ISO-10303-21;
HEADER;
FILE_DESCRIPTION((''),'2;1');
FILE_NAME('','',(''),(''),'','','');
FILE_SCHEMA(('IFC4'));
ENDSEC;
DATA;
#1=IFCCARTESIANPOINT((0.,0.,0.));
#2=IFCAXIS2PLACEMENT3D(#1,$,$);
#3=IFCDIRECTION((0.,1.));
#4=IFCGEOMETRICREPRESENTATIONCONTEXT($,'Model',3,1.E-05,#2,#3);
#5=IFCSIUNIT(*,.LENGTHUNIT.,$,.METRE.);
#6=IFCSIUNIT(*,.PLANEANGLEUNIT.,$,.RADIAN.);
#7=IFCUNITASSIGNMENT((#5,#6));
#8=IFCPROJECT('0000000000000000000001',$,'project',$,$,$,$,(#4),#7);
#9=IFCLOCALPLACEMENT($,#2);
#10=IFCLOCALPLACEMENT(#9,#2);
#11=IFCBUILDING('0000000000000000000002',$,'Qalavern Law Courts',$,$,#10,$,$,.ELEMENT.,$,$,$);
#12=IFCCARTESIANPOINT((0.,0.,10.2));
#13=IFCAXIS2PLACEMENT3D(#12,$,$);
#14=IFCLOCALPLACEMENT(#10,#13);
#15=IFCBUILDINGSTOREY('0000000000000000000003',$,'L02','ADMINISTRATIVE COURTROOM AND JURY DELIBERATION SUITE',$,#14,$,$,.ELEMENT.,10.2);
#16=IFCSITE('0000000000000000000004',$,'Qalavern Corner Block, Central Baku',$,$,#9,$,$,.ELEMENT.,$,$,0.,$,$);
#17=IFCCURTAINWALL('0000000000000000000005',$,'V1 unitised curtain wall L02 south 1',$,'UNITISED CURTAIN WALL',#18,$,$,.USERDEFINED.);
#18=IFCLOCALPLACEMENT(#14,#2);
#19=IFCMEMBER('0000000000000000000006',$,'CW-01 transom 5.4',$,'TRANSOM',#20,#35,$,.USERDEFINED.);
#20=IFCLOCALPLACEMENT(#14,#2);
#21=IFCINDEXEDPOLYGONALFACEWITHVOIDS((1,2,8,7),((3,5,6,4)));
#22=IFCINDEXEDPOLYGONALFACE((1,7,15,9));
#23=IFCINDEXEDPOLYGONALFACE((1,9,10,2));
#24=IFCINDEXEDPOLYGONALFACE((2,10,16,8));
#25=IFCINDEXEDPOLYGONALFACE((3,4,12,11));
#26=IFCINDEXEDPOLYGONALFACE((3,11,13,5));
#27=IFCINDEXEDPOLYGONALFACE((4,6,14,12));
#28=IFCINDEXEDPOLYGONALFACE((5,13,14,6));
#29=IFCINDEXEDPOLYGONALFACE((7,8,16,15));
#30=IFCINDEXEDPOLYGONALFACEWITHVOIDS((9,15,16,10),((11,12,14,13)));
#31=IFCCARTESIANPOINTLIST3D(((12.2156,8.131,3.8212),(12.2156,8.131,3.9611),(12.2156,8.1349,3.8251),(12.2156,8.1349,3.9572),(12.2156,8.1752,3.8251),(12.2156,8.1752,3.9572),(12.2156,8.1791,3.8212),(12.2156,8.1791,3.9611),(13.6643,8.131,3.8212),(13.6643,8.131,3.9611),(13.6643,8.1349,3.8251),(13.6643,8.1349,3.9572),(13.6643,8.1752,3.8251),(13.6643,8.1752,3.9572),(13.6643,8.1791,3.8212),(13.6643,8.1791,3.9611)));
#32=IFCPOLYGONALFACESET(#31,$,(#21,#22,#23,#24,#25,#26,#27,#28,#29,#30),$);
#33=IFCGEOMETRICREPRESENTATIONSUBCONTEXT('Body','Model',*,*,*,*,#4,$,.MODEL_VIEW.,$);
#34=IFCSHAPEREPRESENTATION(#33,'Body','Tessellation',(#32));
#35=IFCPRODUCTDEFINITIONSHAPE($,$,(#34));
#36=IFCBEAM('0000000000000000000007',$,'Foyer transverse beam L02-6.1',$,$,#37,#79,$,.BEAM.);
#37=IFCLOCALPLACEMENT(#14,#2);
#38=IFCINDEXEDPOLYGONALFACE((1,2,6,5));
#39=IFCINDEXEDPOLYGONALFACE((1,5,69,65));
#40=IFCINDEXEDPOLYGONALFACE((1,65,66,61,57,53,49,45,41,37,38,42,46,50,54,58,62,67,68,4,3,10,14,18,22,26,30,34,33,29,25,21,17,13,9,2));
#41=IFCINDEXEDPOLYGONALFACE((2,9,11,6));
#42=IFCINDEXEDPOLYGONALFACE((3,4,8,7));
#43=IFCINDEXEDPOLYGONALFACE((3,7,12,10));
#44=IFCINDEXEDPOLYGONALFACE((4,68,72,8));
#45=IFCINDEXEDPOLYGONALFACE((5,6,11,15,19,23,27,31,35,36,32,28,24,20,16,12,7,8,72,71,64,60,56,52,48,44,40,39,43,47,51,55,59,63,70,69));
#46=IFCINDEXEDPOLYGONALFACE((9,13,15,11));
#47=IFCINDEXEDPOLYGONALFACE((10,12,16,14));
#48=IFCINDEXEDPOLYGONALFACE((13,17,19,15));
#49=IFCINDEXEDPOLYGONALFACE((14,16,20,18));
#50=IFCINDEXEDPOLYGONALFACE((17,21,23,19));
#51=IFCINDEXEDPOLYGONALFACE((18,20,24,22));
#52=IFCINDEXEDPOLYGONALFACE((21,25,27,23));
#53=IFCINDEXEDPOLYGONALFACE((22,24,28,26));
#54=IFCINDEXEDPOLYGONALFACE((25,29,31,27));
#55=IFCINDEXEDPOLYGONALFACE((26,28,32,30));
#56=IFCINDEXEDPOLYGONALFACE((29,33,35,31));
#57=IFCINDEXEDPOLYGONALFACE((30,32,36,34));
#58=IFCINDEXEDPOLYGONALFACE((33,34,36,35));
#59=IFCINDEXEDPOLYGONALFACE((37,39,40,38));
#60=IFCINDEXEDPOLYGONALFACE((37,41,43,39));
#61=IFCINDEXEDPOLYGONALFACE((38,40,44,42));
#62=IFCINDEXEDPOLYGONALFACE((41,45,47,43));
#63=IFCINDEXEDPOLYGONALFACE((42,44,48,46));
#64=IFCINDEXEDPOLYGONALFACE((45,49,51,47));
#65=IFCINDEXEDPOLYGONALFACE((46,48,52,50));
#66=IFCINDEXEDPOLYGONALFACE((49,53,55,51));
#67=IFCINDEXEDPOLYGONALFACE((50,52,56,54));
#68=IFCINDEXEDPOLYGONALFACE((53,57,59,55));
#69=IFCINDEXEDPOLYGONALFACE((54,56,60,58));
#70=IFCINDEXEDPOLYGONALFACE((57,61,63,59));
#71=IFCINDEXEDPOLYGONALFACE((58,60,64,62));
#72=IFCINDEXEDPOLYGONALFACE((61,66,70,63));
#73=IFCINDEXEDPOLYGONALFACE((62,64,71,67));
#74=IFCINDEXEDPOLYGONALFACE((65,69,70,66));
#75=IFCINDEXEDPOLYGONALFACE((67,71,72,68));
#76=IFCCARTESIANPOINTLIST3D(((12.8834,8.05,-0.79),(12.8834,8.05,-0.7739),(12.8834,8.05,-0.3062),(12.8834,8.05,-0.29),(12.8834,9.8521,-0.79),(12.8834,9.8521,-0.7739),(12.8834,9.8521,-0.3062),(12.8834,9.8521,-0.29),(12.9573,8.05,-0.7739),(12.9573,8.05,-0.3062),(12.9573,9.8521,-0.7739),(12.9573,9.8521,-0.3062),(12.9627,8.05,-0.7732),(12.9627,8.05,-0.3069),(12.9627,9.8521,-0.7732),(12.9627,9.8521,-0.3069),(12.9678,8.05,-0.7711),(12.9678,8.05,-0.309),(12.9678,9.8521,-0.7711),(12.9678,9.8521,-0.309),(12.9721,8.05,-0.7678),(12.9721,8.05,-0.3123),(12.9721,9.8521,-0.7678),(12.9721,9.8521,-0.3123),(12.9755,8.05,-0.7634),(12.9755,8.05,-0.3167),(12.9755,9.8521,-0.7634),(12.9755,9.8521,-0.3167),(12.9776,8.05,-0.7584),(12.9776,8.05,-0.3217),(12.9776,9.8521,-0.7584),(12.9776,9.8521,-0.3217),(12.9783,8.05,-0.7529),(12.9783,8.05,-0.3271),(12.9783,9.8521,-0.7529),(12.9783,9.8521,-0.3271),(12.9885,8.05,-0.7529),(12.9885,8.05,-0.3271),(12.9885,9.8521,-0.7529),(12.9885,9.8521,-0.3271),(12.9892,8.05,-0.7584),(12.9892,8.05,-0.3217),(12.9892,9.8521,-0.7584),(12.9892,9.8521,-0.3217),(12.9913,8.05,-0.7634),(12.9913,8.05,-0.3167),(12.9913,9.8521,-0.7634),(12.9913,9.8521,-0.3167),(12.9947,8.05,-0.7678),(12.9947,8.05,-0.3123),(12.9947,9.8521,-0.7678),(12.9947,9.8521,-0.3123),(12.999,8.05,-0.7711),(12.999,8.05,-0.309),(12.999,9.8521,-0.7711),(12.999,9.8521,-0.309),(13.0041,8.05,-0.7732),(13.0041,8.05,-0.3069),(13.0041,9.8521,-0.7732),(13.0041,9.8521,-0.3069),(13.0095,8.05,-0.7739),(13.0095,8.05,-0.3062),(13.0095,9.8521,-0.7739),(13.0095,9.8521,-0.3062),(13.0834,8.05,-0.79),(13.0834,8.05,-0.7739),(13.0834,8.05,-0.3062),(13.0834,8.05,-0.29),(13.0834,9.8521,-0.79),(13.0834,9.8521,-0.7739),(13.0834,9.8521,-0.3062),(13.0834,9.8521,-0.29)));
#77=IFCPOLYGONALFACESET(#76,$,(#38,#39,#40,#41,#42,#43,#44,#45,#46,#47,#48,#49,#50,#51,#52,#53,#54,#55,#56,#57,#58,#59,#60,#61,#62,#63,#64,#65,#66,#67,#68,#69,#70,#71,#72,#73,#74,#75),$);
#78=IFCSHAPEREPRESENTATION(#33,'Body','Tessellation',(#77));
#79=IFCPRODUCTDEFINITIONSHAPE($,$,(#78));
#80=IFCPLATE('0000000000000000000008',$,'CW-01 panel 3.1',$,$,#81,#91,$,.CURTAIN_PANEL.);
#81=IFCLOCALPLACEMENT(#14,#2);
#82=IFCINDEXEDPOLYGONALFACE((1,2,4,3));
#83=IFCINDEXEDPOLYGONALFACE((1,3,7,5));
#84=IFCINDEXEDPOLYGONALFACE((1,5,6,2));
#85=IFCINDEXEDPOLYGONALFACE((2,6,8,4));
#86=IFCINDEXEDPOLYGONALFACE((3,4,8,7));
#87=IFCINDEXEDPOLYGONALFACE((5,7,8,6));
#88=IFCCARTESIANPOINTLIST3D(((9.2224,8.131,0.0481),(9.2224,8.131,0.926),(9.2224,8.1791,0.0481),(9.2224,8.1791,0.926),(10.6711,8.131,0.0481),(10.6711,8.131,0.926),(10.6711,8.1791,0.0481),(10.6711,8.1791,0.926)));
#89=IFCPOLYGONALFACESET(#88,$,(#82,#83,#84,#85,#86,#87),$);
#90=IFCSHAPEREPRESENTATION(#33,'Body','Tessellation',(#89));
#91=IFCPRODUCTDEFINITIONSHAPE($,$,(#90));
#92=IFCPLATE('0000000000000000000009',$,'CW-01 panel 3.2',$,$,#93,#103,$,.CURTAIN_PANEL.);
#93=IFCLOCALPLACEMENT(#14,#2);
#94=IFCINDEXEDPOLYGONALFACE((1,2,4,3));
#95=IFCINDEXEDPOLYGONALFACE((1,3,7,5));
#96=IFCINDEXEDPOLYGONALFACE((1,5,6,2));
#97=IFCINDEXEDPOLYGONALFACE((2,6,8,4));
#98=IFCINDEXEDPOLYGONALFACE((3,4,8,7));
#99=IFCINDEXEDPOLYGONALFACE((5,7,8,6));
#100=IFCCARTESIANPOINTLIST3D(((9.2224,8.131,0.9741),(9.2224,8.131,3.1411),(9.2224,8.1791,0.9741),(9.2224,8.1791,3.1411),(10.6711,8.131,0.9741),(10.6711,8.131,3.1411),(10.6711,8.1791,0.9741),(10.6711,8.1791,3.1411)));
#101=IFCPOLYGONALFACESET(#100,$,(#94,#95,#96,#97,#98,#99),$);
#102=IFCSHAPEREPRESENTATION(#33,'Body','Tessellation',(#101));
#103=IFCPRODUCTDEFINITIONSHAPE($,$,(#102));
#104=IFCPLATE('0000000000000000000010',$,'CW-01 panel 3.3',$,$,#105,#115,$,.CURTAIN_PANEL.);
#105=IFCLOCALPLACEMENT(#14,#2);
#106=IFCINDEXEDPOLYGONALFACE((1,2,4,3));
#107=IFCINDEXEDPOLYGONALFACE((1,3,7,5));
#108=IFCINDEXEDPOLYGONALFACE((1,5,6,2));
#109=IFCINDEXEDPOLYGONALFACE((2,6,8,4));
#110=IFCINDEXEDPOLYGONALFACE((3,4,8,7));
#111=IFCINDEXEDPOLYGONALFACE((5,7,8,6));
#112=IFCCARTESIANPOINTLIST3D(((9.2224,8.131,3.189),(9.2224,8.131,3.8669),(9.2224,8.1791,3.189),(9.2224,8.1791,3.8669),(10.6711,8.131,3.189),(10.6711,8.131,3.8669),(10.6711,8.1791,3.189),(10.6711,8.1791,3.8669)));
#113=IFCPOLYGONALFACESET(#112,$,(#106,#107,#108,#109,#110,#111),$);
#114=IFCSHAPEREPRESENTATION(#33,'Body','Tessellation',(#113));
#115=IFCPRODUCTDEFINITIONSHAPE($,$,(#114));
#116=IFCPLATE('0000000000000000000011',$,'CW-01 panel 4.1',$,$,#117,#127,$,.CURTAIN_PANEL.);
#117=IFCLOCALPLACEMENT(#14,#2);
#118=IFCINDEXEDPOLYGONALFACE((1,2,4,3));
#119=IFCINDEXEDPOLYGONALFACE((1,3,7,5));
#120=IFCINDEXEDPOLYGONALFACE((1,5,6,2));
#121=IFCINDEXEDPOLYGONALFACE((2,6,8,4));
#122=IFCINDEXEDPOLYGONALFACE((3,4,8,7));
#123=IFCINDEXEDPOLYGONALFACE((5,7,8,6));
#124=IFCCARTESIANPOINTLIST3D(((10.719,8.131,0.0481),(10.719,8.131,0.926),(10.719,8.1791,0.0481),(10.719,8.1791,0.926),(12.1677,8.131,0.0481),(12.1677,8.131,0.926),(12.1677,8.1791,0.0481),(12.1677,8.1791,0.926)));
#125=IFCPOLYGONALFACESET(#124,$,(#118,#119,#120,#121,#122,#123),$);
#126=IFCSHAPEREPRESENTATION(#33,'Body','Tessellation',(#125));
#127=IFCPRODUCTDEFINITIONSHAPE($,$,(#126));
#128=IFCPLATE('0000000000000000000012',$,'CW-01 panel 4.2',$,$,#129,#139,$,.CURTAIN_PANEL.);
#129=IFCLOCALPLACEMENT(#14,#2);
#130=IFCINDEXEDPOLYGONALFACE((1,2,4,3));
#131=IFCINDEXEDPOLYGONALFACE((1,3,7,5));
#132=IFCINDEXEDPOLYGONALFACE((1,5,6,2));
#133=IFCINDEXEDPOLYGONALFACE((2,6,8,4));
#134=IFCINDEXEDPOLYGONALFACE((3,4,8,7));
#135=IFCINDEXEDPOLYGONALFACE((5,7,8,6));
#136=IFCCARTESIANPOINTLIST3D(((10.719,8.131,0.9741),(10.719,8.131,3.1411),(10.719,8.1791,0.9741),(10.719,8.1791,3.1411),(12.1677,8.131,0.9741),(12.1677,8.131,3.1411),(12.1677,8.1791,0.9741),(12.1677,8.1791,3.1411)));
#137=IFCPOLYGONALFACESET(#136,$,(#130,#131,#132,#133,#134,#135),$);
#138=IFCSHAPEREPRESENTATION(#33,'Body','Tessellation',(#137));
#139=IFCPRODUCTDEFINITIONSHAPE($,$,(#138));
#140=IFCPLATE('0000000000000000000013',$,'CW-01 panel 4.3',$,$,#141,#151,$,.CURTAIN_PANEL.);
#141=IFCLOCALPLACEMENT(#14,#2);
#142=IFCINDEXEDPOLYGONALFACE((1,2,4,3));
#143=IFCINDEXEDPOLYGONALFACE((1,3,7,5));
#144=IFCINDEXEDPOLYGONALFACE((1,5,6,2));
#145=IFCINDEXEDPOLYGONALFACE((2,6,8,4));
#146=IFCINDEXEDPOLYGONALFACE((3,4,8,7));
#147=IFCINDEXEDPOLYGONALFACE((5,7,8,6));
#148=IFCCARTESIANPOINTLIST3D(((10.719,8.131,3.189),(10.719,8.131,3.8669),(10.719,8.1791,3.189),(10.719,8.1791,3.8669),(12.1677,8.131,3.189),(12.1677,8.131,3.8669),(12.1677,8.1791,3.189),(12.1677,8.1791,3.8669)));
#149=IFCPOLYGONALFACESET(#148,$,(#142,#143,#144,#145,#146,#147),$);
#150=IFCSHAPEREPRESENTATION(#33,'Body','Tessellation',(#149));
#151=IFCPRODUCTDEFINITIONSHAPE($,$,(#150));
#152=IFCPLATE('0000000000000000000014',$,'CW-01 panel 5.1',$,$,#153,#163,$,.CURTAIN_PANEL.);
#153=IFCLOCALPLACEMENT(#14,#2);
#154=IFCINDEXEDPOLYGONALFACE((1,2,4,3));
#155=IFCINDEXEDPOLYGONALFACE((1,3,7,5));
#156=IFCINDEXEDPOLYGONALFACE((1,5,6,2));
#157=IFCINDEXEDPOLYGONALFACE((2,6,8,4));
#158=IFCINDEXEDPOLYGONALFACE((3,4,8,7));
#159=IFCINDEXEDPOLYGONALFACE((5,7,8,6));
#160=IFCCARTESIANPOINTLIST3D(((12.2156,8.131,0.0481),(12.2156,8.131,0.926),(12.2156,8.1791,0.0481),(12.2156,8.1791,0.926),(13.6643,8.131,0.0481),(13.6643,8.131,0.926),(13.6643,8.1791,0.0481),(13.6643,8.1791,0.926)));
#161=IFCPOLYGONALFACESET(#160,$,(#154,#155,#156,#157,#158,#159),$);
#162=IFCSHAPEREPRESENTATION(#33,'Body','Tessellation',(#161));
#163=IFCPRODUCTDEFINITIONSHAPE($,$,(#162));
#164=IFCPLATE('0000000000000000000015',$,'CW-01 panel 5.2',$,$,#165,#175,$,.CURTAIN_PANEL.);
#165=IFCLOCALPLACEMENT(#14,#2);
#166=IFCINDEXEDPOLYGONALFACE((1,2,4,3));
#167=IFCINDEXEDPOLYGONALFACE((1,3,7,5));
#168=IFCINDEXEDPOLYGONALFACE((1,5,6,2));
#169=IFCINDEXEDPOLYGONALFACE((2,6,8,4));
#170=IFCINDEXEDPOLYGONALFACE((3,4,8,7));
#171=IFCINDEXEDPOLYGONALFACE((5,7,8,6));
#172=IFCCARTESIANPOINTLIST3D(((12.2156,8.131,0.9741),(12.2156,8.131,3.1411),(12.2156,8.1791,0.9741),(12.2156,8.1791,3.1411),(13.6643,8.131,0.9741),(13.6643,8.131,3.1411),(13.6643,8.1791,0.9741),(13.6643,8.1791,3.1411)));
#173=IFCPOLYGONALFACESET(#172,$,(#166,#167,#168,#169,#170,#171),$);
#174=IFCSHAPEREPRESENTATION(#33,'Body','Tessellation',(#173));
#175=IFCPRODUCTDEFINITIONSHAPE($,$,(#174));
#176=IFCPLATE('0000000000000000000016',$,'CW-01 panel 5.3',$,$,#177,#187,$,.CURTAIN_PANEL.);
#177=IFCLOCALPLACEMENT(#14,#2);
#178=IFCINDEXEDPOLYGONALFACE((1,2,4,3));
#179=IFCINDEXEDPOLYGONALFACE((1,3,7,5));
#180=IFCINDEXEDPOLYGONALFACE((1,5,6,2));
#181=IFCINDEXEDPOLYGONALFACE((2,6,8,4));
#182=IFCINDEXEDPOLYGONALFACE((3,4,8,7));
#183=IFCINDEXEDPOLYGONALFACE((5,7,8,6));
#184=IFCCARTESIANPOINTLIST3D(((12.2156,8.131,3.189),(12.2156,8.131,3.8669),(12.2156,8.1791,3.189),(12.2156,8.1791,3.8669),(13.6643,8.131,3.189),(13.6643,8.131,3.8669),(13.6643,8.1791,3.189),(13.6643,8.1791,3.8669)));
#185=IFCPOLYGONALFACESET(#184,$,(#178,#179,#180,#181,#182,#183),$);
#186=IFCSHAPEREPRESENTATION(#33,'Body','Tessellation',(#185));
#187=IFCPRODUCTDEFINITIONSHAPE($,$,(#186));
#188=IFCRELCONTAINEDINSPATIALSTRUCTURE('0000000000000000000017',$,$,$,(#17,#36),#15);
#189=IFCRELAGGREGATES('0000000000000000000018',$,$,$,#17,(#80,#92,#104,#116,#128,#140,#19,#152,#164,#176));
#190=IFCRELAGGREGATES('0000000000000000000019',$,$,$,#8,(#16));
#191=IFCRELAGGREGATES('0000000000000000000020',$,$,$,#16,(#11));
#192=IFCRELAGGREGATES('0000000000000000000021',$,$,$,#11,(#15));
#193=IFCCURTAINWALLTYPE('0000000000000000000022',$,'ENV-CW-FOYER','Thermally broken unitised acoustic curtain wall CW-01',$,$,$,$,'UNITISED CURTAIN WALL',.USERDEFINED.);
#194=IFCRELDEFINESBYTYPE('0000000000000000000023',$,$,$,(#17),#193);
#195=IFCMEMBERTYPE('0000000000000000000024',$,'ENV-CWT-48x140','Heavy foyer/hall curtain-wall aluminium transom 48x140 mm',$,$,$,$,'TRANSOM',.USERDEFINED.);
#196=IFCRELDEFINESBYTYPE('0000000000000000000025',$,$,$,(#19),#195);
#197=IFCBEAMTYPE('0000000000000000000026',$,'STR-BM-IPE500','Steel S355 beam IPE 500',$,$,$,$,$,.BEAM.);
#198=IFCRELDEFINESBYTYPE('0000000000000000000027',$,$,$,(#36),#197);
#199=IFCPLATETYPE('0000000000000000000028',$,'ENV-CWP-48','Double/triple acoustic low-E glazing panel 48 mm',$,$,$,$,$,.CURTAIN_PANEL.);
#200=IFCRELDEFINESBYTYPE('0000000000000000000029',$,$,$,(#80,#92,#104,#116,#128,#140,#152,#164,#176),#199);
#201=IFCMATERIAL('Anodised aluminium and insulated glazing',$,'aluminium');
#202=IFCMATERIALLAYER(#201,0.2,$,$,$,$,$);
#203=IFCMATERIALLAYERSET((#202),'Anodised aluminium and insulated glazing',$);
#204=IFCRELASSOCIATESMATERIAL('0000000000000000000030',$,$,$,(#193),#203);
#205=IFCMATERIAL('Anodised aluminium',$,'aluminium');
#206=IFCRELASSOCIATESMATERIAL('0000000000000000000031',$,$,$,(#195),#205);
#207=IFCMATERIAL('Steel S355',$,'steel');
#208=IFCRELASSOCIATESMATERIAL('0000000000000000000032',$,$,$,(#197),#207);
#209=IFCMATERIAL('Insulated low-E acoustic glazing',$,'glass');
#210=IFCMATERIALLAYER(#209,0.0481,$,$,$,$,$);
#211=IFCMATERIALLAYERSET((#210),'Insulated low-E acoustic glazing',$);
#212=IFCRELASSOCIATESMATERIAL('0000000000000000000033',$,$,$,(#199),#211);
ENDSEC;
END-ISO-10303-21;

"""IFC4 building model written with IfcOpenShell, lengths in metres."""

from ifc_helpers import new_model, si_unit, direction, frame, origin, origin_2d, place, context, subcontext, project, spatial, rectangle, hollow_rectangle, i_section, extrude, material, layer, layer_set, material_profile, profile_set, type_object, element, aggregate, save


model = new_model("IFC4")

# Units and contexts
model_context = context("Model", 3, precision=1e-05, world=origin(), true_north=direction((0.0, 1.0)))
body_context = subcontext(model_context, "Body", "Model", "MODEL_VIEW")
ifc_project = project(units=[si_unit("LENGTHUNIT", "METRE"), si_unit("PLANEANGLEUNIT", "RADIAN")], contexts=[model_context])

# Site, building, storey
site_placement = place(None, origin())
site = spatial("IfcSite", under=ifc_project, at=site_placement, Name="Qalavern Corner Block, Central Baku", CompositionType="ELEMENT", RefElevation=0.0)
building_placement = place(site_placement, origin())
building = spatial("IfcBuilding", under=site, at=building_placement, Name="Qalavern Law Courts", CompositionType="ELEMENT")
storey_placement = place(building_placement, frame((0.0, 0.0, 10.2)))
storey = spatial("IfcBuildingStorey", under=building, at=storey_placement, Name="L02", Description="ADMINISTRATIVE COURTROOM AND JURY DELIBERATION SUITE", CompositionType="ELEMENT", Elevation=10.2)

# Curtain wall, member
ifc_material_1 = material(Name="Anodised aluminium and insulated glazing", Category="aluminium")
ifc_layer_1 = layer(ifc_material_1, 0.2)
ifc_layer_set_1 = layer_set([ifc_layer_1], Name="Anodised aluminium and insulated glazing")
curtain_wall_type = type_object("IfcCurtainWallType", Name="ENV-CW-FOYER", Description="Thermally broken unitised acoustic curtain wall CW-01", ElementType="UNITISED CURTAIN WALL", PredefinedType="USERDEFINED", material=ifc_layer_set_1)
curtain_wall_placement = place(storey_placement, origin())
curtain_wall = element("IfcCurtainWall", 1, at=curtain_wall_placement, inside=storey, type_object=curtain_wall_type, Name="V1 unitised curtain wall L02 south 1", ObjectType="UNITISED CURTAIN WALL", PredefinedType="USERDEFINED")
ifc_material_2 = material(Name="Anodised aluminium", Category="aluminium")
ifc_material_profile_1 = material_profile(ifc_material_2, hollow_rectangle(XDim=0.0481, YDim=0.1399, WallThickness=0.0039, at=origin_2d()), Name="ALU TRANSOM 48x140")
ifc_profile_set_1 = profile_set([ifc_material_profile_1], Name="Anodised aluminium")
member_type_1 = type_object("IfcMemberType", Name="ENV-CWT-48x140", Description="Heavy foyer/hall curtain-wall aluminium transom 48x140 mm", ElementType="TRANSOM", PredefinedType="USERDEFINED", material=ifc_profile_set_1)
member_1_placement = place(storey_placement, frame((12.2156, 8.155, 3.8911), z_axis=(1.0, 0.0, 0.0), x_axis=(0.0, 1.0, 0.0)))
member_1 = element("IfcMember", 2, at=member_1_placement, type_object=member_type_1, Name="CW-01 transom 5.4", ObjectType="TRANSOM", PredefinedType="USERDEFINED", context=body_context, shape_type="SweptSolid", body=[
    extrude(hollow_rectangle(XDim=0.0481, YDim=0.1399, WallThickness=0.0039, at=origin_2d()), origin(), (0.0, 0.0, 1.0), 1.4487),
])

# Beam
ifc_material_3 = material(Name="Steel S355", Category="steel")
ifc_material_profile_2 = material_profile(ifc_material_3, i_section(OverallWidth=0.2, OverallDepth=0.5, WebThickness=0.0103, FlangeThickness=0.0161, FilletRadius=0.021, at=origin_2d()), Name="IPE 500")
ifc_profile_set_2 = profile_set([ifc_material_profile_2], Name="Steel S355")
beam_type = type_object("IfcBeamType", Name="STR-BM-IPE500", Description="Steel S355 beam IPE 500", PredefinedType="BEAM", material=ifc_profile_set_2)
beam_placement = place(storey_placement, frame((12.9834, 8.05, -0.54), z_axis=(0.0, 1.0, 0.0), x_axis=(-1.0, 0.0, 0.0)))
element("IfcBeam", 3, at=beam_placement, inside=storey, type_object=beam_type, Name="Foyer transverse beam L02-6.1", PredefinedType="BEAM", context=body_context, shape_type="SweptSolid", body=[
    extrude(i_section(OverallWidth=0.2, OverallDepth=0.5, WebThickness=0.0103, FlangeThickness=0.0161, FilletRadius=0.021, at=origin_2d()), origin(), (0.0, 0.0, 1.0), 1.802),
])

# Plates
ifc_material_4 = material(Name="Insulated low-E acoustic glazing", Category="glass")
ifc_layer_2 = layer(ifc_material_4, 0.0481)
ifc_layer_set_2 = layer_set([ifc_layer_2], Name="Insulated low-E acoustic glazing")
plate_type = type_object("IfcPlateType", Name="ENV-CWP-48", Description="Double/triple acoustic low-E glazing panel 48 mm", PredefinedType="CURTAIN_PANEL", material=ifc_layer_set_2)
plate_1_placement = place(storey_placement, frame((9.9468, 8.155, 0.0481), z_axis=(0.0, 0.0, 1.0), x_axis=(1.0, 0.0, 0.0)))
plate_1 = element("IfcPlate", 4, at=plate_1_placement, type_object=plate_type, Name="CW-01 panel 3.1", PredefinedType="CURTAIN_PANEL", context=body_context, shape_type="SweptSolid", body=[
    extrude(rectangle(XDim=1.4487, YDim=0.0481, at=origin_2d()), origin(), (0.0, 0.0, 1.0), 0.8779),
])
plate_2_placement = place(storey_placement, frame((9.9468, 8.155, 0.9741), z_axis=(0.0, 0.0, 1.0), x_axis=(1.0, 0.0, 0.0)))
plate_2 = element("IfcPlate", 5, at=plate_2_placement, type_object=plate_type, Name="CW-01 panel 3.2", PredefinedType="CURTAIN_PANEL", context=body_context, shape_type="SweptSolid", body=[
    extrude(rectangle(XDim=1.4487, YDim=0.0481, at=origin_2d()), origin(), (0.0, 0.0, 1.0), 2.167),
])
plate_3_placement = place(storey_placement, frame((9.9468, 8.155, 3.189), z_axis=(0.0, 0.0, 1.0), x_axis=(1.0, 0.0, 0.0)))
plate_3 = element("IfcPlate", 6, at=plate_3_placement, type_object=plate_type, Name="CW-01 panel 3.3", PredefinedType="CURTAIN_PANEL", context=body_context, shape_type="SweptSolid", body=[
    extrude(rectangle(XDim=1.4487, YDim=0.0481, at=origin_2d()), origin(), (0.0, 0.0, 1.0), 0.678),
])
plate_4_placement = place(storey_placement, frame((11.4434, 8.155, 0.0481), z_axis=(0.0, 0.0, 1.0), x_axis=(1.0, 0.0, 0.0)))
plate_4 = element("IfcPlate", 7, at=plate_4_placement, type_object=plate_type, Name="CW-01 panel 4.1", PredefinedType="CURTAIN_PANEL", context=body_context, shape_type="SweptSolid", body=[
    extrude(rectangle(XDim=1.4487, YDim=0.0481, at=origin_2d()), origin(), (0.0, 0.0, 1.0), 0.8779),
])
plate_5_placement = place(storey_placement, frame((11.4434, 8.155, 0.9741), z_axis=(0.0, 0.0, 1.0), x_axis=(1.0, 0.0, 0.0)))
plate_5 = element("IfcPlate", 8, at=plate_5_placement, type_object=plate_type, Name="CW-01 panel 4.2", PredefinedType="CURTAIN_PANEL", context=body_context, shape_type="SweptSolid", body=[
    extrude(rectangle(XDim=1.4487, YDim=0.0481, at=origin_2d()), origin(), (0.0, 0.0, 1.0), 2.167),
])
plate_6_placement = place(storey_placement, frame((11.4434, 8.155, 3.189), z_axis=(0.0, 0.0, 1.0), x_axis=(1.0, 0.0, 0.0)))
plate_6 = element("IfcPlate", 9, at=plate_6_placement, type_object=plate_type, Name="CW-01 panel 4.3", PredefinedType="CURTAIN_PANEL", context=body_context, shape_type="SweptSolid", body=[
    extrude(rectangle(XDim=1.4487, YDim=0.0481, at=origin_2d()), origin(), (0.0, 0.0, 1.0), 0.678),
])
plate_7_placement = place(storey_placement, frame((12.9399, 8.155, 0.0481), z_axis=(0.0, 0.0, 1.0), x_axis=(1.0, 0.0, 0.0)))
plate_7 = element("IfcPlate", 10, at=plate_7_placement, type_object=plate_type, Name="CW-01 panel 5.1", PredefinedType="CURTAIN_PANEL", context=body_context, shape_type="SweptSolid", body=[
    extrude(rectangle(XDim=1.4487, YDim=0.0481, at=origin_2d()), origin(), (0.0, 0.0, 1.0), 0.8779),
])
plate_8_placement = place(storey_placement, frame((12.9399, 8.155, 0.9741), z_axis=(0.0, 0.0, 1.0), x_axis=(1.0, 0.0, 0.0)))
plate_8 = element("IfcPlate", 11, at=plate_8_placement, type_object=plate_type, Name="CW-01 panel 5.2", PredefinedType="CURTAIN_PANEL", context=body_context, shape_type="SweptSolid", body=[
    extrude(rectangle(XDim=1.4487, YDim=0.0481, at=origin_2d()), origin(), (0.0, 0.0, 1.0), 2.167),
])
plate_9_placement = place(storey_placement, frame((12.9399, 8.155, 3.189), z_axis=(0.0, 0.0, 1.0), x_axis=(1.0, 0.0, 0.0)))
plate_9 = element("IfcPlate", 12, at=plate_9_placement, type_object=plate_type, Name="CW-01 panel 5.3", PredefinedType="CURTAIN_PANEL", context=body_context, shape_type="SweptSolid", body=[
    extrude(rectangle(XDim=1.4487, YDim=0.0481, at=origin_2d()), origin(), (0.0, 0.0, 1.0), 0.678),
])
aggregate(curtain_wall, [plate_1, plate_2, plate_3, plate_4, plate_5, plate_6, member_1, plate_7, plate_8, plate_9])

save(model, "model.ifc")
